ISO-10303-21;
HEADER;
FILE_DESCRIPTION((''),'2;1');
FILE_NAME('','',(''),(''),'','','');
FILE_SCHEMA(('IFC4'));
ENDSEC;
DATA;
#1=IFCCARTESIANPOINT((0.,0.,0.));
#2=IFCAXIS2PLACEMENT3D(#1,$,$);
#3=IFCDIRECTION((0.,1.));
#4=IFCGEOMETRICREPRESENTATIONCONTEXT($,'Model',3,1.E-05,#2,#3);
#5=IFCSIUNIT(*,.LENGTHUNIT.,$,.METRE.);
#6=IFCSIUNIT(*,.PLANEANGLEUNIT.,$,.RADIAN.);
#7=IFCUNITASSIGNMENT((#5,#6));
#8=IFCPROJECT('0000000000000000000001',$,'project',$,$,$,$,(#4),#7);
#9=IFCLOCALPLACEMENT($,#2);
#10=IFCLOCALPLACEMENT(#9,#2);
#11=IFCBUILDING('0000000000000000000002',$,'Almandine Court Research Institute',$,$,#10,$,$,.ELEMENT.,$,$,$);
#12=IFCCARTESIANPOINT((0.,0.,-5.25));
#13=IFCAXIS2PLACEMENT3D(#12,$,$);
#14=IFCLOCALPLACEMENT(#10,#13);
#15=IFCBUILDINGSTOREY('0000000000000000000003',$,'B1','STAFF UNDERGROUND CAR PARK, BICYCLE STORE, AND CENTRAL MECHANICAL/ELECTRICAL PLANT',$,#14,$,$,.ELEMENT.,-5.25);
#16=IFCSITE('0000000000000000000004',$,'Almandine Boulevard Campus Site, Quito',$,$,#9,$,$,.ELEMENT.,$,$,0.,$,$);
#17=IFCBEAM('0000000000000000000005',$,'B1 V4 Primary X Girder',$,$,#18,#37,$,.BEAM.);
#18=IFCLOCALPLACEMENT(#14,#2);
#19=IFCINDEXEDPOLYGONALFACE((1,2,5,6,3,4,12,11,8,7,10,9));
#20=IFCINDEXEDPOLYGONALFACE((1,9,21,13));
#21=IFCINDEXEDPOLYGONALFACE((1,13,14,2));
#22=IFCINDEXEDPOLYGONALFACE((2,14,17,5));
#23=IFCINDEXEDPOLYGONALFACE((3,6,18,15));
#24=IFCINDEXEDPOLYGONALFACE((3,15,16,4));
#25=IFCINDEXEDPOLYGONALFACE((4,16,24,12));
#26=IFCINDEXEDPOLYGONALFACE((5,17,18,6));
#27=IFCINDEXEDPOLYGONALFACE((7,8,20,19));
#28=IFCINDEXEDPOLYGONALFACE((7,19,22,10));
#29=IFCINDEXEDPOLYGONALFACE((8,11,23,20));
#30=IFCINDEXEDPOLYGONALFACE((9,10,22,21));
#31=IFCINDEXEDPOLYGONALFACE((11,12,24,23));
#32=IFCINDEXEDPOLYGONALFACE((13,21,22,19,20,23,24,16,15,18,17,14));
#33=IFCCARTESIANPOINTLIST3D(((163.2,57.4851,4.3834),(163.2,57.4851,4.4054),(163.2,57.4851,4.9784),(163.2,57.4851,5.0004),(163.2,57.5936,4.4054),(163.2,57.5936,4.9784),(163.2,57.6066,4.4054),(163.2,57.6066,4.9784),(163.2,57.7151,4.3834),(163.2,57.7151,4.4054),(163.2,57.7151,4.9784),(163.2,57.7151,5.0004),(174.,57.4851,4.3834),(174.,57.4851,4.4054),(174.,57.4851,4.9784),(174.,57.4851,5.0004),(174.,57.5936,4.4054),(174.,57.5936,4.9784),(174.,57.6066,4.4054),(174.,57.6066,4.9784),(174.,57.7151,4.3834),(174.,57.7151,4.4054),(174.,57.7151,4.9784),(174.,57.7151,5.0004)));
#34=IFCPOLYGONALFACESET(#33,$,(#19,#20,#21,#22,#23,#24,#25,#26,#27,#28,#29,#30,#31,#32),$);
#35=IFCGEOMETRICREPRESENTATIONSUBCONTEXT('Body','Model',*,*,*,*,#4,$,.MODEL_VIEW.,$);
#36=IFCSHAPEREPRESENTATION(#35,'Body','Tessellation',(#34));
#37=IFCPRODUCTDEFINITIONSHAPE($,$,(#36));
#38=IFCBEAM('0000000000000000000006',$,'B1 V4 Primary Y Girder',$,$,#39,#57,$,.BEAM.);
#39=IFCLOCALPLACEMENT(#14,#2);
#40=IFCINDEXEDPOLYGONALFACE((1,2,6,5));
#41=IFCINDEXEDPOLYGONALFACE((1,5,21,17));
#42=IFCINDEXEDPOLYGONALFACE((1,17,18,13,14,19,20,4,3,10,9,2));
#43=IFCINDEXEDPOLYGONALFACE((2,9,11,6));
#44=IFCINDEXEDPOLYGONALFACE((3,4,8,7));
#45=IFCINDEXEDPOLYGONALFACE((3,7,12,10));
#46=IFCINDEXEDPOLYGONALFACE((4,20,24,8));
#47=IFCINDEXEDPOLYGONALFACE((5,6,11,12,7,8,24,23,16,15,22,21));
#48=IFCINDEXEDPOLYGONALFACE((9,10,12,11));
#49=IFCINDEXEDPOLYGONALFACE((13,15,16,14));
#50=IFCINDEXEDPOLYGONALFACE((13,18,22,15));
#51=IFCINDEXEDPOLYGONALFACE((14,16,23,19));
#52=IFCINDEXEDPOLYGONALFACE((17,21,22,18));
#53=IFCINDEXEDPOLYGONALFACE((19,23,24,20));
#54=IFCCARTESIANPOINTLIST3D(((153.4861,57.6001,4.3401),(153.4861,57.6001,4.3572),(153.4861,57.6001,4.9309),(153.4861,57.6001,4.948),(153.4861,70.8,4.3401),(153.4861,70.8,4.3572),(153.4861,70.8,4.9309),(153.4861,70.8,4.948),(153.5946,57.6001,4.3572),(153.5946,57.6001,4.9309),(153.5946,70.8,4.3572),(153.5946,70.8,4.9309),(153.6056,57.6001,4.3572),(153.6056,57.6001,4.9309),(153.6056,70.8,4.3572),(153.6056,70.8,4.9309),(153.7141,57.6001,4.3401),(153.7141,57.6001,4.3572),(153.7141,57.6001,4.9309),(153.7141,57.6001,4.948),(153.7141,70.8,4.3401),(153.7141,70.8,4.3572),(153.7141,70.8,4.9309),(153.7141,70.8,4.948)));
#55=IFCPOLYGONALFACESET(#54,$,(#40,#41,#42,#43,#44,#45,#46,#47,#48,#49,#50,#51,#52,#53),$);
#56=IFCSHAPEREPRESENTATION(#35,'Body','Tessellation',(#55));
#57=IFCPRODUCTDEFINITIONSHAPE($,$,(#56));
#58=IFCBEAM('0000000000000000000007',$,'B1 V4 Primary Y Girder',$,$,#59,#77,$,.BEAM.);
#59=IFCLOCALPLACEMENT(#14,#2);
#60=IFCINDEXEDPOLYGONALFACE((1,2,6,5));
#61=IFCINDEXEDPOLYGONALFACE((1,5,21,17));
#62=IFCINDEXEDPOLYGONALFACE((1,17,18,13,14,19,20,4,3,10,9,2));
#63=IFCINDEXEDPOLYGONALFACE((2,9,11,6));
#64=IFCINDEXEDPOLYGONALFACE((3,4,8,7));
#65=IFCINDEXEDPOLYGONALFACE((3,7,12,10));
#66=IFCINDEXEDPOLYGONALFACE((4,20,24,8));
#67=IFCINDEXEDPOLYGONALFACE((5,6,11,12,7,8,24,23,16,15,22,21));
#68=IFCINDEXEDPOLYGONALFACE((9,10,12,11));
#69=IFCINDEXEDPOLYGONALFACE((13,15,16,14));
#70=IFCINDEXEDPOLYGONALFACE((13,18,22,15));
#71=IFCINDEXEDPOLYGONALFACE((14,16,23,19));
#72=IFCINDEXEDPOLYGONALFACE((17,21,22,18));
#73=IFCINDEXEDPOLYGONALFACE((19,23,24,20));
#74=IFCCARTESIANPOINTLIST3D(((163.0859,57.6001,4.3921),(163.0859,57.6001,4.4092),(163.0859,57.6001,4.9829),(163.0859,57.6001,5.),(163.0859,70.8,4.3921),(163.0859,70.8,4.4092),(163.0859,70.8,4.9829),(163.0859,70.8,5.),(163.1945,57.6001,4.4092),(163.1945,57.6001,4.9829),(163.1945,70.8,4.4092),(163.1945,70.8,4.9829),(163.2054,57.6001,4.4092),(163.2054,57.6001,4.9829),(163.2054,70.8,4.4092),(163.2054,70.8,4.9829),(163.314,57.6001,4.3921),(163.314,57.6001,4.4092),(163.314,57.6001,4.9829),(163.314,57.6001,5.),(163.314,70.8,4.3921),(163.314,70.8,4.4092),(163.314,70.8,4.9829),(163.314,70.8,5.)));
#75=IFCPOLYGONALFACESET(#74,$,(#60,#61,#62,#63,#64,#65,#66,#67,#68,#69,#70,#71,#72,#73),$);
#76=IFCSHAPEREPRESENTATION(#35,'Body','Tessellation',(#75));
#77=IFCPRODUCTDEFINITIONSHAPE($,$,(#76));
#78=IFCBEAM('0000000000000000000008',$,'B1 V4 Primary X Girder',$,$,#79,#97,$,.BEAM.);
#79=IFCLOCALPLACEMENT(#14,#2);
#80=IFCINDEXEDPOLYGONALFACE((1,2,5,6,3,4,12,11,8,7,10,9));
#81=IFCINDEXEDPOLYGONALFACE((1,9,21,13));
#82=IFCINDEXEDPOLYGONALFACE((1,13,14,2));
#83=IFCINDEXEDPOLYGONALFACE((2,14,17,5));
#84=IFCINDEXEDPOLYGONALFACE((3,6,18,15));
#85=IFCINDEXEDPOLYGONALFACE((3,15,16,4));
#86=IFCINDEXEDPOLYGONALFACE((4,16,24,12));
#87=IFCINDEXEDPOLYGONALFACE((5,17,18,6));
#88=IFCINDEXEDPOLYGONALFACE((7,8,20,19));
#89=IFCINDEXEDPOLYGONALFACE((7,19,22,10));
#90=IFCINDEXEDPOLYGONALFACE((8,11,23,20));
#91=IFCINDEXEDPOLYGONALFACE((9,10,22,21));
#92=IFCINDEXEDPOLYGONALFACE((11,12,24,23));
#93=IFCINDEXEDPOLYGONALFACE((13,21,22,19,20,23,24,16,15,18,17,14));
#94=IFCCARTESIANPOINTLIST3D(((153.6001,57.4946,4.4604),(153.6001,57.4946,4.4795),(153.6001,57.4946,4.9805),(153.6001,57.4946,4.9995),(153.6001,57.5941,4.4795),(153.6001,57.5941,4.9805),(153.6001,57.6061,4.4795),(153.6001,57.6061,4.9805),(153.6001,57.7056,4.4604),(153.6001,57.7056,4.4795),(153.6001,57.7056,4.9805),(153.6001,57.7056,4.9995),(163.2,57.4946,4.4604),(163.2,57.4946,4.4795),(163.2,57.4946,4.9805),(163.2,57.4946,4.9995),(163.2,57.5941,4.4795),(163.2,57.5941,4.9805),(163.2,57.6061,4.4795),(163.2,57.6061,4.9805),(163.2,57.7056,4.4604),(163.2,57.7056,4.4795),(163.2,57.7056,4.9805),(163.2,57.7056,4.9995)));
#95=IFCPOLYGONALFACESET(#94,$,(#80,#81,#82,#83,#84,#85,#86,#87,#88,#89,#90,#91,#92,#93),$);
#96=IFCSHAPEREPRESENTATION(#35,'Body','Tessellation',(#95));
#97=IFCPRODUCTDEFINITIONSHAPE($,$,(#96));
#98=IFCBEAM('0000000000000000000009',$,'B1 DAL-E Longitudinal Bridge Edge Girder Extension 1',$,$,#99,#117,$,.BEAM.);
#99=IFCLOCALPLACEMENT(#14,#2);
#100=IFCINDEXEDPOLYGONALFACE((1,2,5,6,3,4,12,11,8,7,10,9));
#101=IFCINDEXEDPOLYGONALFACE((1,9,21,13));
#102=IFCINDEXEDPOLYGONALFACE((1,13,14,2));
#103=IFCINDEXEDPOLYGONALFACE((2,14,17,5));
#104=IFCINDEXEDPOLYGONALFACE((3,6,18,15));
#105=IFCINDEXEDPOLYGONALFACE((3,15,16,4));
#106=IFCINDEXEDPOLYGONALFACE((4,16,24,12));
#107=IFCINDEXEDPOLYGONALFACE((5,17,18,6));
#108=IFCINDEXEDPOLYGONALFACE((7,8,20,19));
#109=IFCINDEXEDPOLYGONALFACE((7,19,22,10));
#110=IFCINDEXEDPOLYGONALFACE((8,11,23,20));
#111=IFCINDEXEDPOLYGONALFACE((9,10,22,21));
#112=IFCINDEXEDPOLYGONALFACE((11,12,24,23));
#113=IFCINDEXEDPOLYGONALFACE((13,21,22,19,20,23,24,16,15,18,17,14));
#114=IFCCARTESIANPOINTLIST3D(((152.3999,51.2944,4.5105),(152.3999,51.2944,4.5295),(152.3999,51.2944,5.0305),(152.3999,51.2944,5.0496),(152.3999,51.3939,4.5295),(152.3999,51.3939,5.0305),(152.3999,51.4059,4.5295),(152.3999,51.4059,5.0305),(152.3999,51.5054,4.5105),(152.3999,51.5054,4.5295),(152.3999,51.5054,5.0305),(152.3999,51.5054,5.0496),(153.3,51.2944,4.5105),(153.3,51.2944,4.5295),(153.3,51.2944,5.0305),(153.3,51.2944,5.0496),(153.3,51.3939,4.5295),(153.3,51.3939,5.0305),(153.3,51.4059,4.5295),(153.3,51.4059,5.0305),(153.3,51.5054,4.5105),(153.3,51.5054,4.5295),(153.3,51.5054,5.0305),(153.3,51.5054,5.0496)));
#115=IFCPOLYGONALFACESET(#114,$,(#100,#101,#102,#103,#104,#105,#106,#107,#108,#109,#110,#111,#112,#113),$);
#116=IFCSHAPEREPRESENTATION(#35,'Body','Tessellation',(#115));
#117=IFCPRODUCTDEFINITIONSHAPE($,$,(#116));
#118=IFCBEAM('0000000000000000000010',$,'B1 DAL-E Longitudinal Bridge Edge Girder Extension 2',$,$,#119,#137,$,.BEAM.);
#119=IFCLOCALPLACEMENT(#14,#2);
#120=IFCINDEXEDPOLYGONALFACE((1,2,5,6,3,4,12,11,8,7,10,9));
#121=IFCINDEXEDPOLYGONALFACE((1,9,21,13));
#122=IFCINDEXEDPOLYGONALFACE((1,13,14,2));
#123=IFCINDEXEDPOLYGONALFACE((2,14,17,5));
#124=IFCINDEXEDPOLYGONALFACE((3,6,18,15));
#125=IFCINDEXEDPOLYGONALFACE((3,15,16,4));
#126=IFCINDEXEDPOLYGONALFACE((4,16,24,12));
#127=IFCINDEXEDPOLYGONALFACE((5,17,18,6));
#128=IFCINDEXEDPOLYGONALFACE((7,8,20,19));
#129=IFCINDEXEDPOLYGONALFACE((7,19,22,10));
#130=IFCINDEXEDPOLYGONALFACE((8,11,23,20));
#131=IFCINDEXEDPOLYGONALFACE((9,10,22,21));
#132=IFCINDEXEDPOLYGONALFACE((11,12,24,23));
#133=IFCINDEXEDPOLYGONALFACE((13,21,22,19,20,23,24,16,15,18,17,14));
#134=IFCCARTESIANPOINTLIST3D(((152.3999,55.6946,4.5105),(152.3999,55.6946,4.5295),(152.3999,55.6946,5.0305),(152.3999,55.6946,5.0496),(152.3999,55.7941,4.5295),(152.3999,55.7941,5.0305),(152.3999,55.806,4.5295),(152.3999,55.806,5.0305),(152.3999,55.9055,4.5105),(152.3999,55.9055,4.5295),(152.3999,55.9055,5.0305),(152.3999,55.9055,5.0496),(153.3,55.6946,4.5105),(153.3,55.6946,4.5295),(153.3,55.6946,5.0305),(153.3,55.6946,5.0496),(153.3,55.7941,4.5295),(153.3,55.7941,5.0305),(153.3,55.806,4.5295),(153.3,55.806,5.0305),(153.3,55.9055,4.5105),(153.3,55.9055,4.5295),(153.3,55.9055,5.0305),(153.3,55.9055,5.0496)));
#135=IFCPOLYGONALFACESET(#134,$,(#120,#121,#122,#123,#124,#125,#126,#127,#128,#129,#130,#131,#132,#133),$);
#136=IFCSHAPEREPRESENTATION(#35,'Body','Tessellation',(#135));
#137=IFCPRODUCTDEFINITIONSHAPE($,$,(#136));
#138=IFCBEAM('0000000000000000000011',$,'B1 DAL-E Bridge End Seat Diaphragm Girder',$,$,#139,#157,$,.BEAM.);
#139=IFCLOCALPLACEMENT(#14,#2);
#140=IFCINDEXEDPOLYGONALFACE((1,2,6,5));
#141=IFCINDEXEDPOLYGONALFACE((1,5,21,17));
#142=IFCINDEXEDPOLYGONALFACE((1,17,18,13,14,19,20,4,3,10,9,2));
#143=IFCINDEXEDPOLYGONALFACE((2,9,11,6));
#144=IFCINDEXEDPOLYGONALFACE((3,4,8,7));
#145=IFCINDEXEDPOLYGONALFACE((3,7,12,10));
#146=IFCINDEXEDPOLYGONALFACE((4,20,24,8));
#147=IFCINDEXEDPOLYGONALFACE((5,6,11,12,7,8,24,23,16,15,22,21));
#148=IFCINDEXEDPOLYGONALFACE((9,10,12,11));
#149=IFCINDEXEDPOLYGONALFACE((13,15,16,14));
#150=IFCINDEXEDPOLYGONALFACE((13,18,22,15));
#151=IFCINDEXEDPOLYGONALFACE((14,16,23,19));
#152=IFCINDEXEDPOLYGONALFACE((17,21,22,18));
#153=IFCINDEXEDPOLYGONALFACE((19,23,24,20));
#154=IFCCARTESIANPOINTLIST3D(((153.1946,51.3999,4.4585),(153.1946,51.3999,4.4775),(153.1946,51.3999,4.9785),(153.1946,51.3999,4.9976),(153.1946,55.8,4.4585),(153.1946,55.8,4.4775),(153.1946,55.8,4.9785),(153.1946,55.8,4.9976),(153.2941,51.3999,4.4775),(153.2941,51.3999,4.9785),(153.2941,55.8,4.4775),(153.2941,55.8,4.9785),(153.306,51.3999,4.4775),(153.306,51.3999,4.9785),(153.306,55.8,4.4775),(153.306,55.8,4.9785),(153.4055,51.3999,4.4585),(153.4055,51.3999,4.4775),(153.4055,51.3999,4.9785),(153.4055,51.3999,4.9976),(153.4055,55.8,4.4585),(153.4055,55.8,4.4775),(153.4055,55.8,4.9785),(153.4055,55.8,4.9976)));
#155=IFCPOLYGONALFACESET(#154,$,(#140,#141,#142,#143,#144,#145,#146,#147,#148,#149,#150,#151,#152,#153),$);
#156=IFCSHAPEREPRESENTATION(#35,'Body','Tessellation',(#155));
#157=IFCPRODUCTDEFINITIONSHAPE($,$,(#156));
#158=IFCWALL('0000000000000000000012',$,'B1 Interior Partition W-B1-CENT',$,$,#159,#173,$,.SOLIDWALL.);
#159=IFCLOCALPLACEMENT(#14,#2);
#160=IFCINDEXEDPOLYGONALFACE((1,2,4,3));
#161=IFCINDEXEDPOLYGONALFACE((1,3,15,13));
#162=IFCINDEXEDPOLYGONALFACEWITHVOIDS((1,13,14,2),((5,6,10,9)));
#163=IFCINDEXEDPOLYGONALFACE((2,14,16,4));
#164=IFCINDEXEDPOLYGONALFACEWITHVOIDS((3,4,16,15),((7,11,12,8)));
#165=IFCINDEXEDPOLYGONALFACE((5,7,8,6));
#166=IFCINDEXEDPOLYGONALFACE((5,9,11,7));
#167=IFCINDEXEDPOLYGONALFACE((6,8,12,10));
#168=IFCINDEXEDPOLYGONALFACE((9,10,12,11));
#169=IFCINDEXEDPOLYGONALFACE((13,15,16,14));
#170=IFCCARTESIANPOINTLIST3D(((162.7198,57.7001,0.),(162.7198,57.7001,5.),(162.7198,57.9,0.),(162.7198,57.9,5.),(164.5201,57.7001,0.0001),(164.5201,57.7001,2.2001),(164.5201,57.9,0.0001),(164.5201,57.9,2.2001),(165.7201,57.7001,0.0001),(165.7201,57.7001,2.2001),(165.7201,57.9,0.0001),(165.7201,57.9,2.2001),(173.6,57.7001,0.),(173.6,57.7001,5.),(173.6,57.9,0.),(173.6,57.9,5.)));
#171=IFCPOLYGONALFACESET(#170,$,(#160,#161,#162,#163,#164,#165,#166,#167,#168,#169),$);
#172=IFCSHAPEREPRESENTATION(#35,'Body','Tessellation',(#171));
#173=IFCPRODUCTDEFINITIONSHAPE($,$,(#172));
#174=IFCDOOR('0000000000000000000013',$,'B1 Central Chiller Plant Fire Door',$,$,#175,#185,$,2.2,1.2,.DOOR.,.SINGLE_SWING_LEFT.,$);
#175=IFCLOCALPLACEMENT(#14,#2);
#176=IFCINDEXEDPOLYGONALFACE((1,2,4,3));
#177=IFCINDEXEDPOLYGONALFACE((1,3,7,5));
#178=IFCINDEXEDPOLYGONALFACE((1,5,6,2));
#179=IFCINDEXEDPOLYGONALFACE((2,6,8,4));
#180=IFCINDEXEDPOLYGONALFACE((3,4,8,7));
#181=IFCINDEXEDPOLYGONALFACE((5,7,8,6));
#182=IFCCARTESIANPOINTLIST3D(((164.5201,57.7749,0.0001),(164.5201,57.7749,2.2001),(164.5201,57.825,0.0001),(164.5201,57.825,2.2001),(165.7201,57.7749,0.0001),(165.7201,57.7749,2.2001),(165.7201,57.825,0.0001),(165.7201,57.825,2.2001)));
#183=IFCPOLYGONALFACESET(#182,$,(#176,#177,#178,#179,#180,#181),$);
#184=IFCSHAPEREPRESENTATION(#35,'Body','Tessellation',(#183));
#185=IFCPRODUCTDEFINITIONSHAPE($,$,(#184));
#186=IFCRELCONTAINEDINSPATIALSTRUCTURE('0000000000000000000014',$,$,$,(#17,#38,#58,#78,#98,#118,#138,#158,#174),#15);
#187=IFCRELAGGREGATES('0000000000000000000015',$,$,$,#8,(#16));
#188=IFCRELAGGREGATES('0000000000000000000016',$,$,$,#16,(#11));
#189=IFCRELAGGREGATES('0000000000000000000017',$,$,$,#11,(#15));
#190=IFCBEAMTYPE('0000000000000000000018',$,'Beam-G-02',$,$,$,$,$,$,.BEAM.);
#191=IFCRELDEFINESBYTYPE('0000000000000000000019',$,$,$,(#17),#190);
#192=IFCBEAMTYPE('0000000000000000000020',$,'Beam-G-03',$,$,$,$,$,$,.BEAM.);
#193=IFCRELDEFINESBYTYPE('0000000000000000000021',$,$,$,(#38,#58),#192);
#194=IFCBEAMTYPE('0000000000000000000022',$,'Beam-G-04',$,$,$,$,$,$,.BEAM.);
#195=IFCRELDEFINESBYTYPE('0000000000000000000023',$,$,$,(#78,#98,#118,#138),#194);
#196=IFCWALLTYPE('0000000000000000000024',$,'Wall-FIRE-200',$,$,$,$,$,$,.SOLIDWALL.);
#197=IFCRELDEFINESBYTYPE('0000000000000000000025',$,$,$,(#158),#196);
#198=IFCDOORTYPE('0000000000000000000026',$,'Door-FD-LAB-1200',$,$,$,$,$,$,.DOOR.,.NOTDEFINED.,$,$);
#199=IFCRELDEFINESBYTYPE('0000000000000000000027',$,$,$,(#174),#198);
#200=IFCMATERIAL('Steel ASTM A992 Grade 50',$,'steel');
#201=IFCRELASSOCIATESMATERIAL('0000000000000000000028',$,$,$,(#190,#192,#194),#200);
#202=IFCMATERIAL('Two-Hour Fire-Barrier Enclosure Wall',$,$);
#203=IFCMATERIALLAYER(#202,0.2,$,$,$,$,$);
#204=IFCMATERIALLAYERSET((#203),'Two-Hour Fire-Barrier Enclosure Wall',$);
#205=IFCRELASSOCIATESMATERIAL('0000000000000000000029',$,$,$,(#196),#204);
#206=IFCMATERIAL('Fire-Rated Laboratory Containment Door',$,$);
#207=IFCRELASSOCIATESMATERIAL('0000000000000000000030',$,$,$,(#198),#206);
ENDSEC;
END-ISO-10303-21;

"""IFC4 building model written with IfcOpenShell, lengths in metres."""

from ifc_helpers import new_model, si_unit, direction, frame, frame_2d, origin, origin_2d, place, context, subcontext, project, spatial, rectangle, i_section, extrude, material, layer, layer_set, material_profile, profile_set, type_object, element, fill, save


model = new_model("IFC4")

# Units and contexts
model_context = context("Model", 3, precision=1e-05, world=origin(), true_north=direction((0.0, 1.0)))
body_context = subcontext(model_context, "Body", "Model", "MODEL_VIEW")
ifc_project = project(units=[si_unit("LENGTHUNIT", "METRE"), si_unit("PLANEANGLEUNIT", "RADIAN")], contexts=[model_context])

# Site, building, storey
site_placement = place(None, origin())
site = spatial("IfcSite", under=ifc_project, at=site_placement, Name="Almandine Boulevard Campus Site, Quito", CompositionType="ELEMENT", RefElevation=0.0)
building_placement = place(site_placement, origin())
building = spatial("IfcBuilding", under=site, at=building_placement, Name="Almandine Court Research Institute", CompositionType="ELEMENT")
storey_placement = place(building_placement, frame((0.0, 0.0, -5.25)))
storey = spatial("IfcBuildingStorey", under=building, at=storey_placement, Name="B1", Description="STAFF UNDERGROUND CAR PARK, BICYCLE STORE, AND CENTRAL MECHANICAL/ELECTRICAL PLANT", CompositionType="ELEMENT", Elevation=-5.25)

# Beams
ifc_material_1 = material(Name="Steel ASTM A992 Grade 50", Category="steel")
ifc_material_profile_1 = material_profile(ifc_material_1, i_section(OverallWidth=0.23, OverallDepth=0.6169, WebThickness=0.0129, FlangeThickness=0.022, at=origin_2d()), Name="W610x140")
ifc_profile_set_1 = profile_set([ifc_material_profile_1], Name="Steel ASTM A992 Grade 50")
beam_type_1 = type_object("IfcBeamType", Name="Beam-G-02", PredefinedType="BEAM", material=ifc_profile_set_1)
beam_1_placement = place(storey_placement, frame((163.2, 57.6001, 4.6919), z_axis=(1.0, 0.0, 0.0), x_axis=(0.0, 1.0, 0.0)))
element("IfcBeam", 1, at=beam_1_placement, inside=storey, type_object=beam_type_1, Name="B1 V4 Primary X Girder", PredefinedType="BEAM", context=body_context, shape_type="SweptSolid", body=[
    extrude(i_section(OverallWidth=0.23, OverallDepth=0.6169, WebThickness=0.0129, FlangeThickness=0.022, at=origin_2d()), origin(), (0.0, 0.0, 1.0), 10.8),
])
ifc_material_profile_2 = material_profile(ifc_material_1, i_section(OverallWidth=0.228, OverallDepth=0.6079, WebThickness=0.011, FlangeThickness=0.0171, at=origin_2d()), Name="W610x113")
ifc_profile_set_2 = profile_set([ifc_material_profile_2], Name="Steel ASTM A992 Grade 50")
beam_type_2 = type_object("IfcBeamType", Name="Beam-G-03", PredefinedType="BEAM", material=ifc_profile_set_2)
for number, where, z_axis, x_axis, name in (
    (2, (153.6001, 57.6001, 4.644), (0.0, 1.0, 0.0), (-1.0, 0.0, 0.0), "B1 V4 Primary Y Girder"),
    (3, (163.2, 57.6001, 4.696), (0.0, 1.0, 0.0), (-1.0, 0.0, 0.0), "B1 V4 Primary Y Girder"),
):
    element("IfcBeam", number, at=place(storey_placement, frame(where, z_axis=z_axis, x_axis=x_axis)), inside=storey, type_object=beam_type_2, Name=name, PredefinedType="BEAM", context=body_context, shape_type="SweptSolid", body=[
        extrude(i_section(OverallWidth=0.228, OverallDepth=0.6079, WebThickness=0.011, FlangeThickness=0.0171, at=origin_2d()), origin(), (0.0, 0.0, 1.0), 13.2),
    ])
ifc_material_profile_3 = material_profile(ifc_material_1, i_section(OverallWidth=0.2109, OverallDepth=0.5391, WebThickness=0.012, FlangeThickness=0.019, at=origin_2d()), Name="W530x109")
ifc_profile_set_3 = profile_set([ifc_material_profile_3], Name="Steel ASTM A992 Grade 50")
beam_type_3 = type_object("IfcBeamType", Name="Beam-G-04", PredefinedType="BEAM", material=ifc_profile_set_3)
beam_2_placement = place(storey_placement, frame((153.6001, 57.6001, 4.73), z_axis=(1.0, 0.0, 0.0), x_axis=(0.0, 1.0, 0.0)))
element("IfcBeam", 4, at=beam_2_placement, inside=storey, type_object=beam_type_3, Name="B1 V4 Primary X Girder", PredefinedType="BEAM", context=body_context, shape_type="SweptSolid", body=[
    extrude(i_section(OverallWidth=0.2109, OverallDepth=0.5391, WebThickness=0.012, FlangeThickness=0.019, at=origin_2d()), origin(), (0.0, 0.0, 1.0), 9.5999),
])
for number, where, z_axis, x_axis, name in (
    (5, (152.3999, 51.3999, 4.78), (1.0, 0.0, 0.0), (0.0, 1.0, 0.0), "B1 DAL-E Longitudinal Bridge Edge Girder Extension 1"),
    (6, (152.3999, 55.8, 4.78), (1.0, 0.0, 0.0), (0.0, 1.0, 0.0), "B1 DAL-E Longitudinal Bridge Edge Girder Extension 2"),
):
    element("IfcBeam", number, at=place(storey_placement, frame(where, z_axis=z_axis, x_axis=x_axis)), inside=storey, type_object=beam_type_3, Name=name, PredefinedType="BEAM", context=body_context, shape_type="SweptSolid", body=[
        extrude(i_section(OverallWidth=0.2109, OverallDepth=0.5391, WebThickness=0.012, FlangeThickness=0.019, at=origin_2d()), origin(), (0.0, 0.0, 1.0), 0.9001),
    ])
beam_3_placement = place(storey_placement, frame((153.3, 51.3999, 4.728), z_axis=(0.0, 1.0, 0.0), x_axis=(-1.0, 0.0, 0.0)))
element("IfcBeam", 7, at=beam_3_placement, inside=storey, type_object=beam_type_3, Name="B1 DAL-E Bridge End Seat Diaphragm Girder", PredefinedType="BEAM", context=body_context, shape_type="SweptSolid", body=[
    extrude(i_section(OverallWidth=0.2109, OverallDepth=0.5391, WebThickness=0.012, FlangeThickness=0.019, at=origin_2d()), origin(), (0.0, 0.0, 1.0), 4.4001),
])

# Wall, opening, door
ifc_material_2 = material(Name="Two-Hour Fire-Barrier Enclosure Wall")
ifc_layer_1 = layer(ifc_material_2, 0.2)
ifc_layer_set_1 = layer_set([ifc_layer_1], Name="Two-Hour Fire-Barrier Enclosure Wall")
wall_type = type_object("IfcWallType", Name="Wall-FIRE-200", PredefinedType="SOLIDWALL", material=ifc_layer_set_1)
wall_placement = place(storey_placement, frame((162.72, 57.8, 0.0), z_axis=(0.0, 0.0, 1.0), x_axis=(1.0, 0.0, 0.0)))
wall = element("IfcWall", 8, at=wall_placement, inside=storey, type_object=wall_type, Name="B1 Interior Partition W-B1-CENT", PredefinedType="SOLIDWALL", context=body_context, shape_type="SweptSolid", body=[
    extrude(rectangle(XDim=10.8801, YDim=0.2, at=frame_2d((5.4399, 0.0))), origin(), (0.0, 0.0, 1.0), 5.0),
])
opening_placement = place(wall_placement, frame((1.8, 0.0, 0.0)))
opening = element("IfcOpeningElement", 9, at=opening_placement, cuts=wall, PredefinedType="OPENING", context=body_context, shape_type="SweptSolid", body=[
    extrude(rectangle(XDim=1.2, YDim=2.2, at=frame_2d((0.6001, 1.1001))), frame((0.0, 0.1099, 0.0), z_axis=(0.0, -1.0, 0.0), x_axis=(1.0, 0.0, 0.0)), (0.0, 0.0, 1.0), 0.22),
])
ifc_material_3 = material(Name="Fire-Rated Laboratory Containment Door")
door_type = type_object("IfcDoorType", Name="Door-FD-LAB-1200", OperationType="NOTDEFINED", PredefinedType="DOOR", material=ifc_material_3)
door_placement = place(opening_placement, origin())
door = element("IfcDoor", 10, at=door_placement, inside=storey, type_object=door_type, Name="B1 Central Chiller Plant Fire Door", OperationType="SINGLE_SWING_LEFT", OverallHeight=2.2, OverallWidth=1.2, PredefinedType="DOOR", context=body_context, shape_type="SweptSolid", body=[
    extrude(rectangle(XDim=1.2, YDim=2.2, at=frame_2d((0.6001, 1.1001))), frame((0.0, 0.0249, 0.0), z_axis=(0.0, -1.0, 0.0), x_axis=(1.0, 0.0, 0.0)), (0.0, 0.0, 1.0), 0.05),
])
fill(opening, door)

save(model, "model.ifc")
